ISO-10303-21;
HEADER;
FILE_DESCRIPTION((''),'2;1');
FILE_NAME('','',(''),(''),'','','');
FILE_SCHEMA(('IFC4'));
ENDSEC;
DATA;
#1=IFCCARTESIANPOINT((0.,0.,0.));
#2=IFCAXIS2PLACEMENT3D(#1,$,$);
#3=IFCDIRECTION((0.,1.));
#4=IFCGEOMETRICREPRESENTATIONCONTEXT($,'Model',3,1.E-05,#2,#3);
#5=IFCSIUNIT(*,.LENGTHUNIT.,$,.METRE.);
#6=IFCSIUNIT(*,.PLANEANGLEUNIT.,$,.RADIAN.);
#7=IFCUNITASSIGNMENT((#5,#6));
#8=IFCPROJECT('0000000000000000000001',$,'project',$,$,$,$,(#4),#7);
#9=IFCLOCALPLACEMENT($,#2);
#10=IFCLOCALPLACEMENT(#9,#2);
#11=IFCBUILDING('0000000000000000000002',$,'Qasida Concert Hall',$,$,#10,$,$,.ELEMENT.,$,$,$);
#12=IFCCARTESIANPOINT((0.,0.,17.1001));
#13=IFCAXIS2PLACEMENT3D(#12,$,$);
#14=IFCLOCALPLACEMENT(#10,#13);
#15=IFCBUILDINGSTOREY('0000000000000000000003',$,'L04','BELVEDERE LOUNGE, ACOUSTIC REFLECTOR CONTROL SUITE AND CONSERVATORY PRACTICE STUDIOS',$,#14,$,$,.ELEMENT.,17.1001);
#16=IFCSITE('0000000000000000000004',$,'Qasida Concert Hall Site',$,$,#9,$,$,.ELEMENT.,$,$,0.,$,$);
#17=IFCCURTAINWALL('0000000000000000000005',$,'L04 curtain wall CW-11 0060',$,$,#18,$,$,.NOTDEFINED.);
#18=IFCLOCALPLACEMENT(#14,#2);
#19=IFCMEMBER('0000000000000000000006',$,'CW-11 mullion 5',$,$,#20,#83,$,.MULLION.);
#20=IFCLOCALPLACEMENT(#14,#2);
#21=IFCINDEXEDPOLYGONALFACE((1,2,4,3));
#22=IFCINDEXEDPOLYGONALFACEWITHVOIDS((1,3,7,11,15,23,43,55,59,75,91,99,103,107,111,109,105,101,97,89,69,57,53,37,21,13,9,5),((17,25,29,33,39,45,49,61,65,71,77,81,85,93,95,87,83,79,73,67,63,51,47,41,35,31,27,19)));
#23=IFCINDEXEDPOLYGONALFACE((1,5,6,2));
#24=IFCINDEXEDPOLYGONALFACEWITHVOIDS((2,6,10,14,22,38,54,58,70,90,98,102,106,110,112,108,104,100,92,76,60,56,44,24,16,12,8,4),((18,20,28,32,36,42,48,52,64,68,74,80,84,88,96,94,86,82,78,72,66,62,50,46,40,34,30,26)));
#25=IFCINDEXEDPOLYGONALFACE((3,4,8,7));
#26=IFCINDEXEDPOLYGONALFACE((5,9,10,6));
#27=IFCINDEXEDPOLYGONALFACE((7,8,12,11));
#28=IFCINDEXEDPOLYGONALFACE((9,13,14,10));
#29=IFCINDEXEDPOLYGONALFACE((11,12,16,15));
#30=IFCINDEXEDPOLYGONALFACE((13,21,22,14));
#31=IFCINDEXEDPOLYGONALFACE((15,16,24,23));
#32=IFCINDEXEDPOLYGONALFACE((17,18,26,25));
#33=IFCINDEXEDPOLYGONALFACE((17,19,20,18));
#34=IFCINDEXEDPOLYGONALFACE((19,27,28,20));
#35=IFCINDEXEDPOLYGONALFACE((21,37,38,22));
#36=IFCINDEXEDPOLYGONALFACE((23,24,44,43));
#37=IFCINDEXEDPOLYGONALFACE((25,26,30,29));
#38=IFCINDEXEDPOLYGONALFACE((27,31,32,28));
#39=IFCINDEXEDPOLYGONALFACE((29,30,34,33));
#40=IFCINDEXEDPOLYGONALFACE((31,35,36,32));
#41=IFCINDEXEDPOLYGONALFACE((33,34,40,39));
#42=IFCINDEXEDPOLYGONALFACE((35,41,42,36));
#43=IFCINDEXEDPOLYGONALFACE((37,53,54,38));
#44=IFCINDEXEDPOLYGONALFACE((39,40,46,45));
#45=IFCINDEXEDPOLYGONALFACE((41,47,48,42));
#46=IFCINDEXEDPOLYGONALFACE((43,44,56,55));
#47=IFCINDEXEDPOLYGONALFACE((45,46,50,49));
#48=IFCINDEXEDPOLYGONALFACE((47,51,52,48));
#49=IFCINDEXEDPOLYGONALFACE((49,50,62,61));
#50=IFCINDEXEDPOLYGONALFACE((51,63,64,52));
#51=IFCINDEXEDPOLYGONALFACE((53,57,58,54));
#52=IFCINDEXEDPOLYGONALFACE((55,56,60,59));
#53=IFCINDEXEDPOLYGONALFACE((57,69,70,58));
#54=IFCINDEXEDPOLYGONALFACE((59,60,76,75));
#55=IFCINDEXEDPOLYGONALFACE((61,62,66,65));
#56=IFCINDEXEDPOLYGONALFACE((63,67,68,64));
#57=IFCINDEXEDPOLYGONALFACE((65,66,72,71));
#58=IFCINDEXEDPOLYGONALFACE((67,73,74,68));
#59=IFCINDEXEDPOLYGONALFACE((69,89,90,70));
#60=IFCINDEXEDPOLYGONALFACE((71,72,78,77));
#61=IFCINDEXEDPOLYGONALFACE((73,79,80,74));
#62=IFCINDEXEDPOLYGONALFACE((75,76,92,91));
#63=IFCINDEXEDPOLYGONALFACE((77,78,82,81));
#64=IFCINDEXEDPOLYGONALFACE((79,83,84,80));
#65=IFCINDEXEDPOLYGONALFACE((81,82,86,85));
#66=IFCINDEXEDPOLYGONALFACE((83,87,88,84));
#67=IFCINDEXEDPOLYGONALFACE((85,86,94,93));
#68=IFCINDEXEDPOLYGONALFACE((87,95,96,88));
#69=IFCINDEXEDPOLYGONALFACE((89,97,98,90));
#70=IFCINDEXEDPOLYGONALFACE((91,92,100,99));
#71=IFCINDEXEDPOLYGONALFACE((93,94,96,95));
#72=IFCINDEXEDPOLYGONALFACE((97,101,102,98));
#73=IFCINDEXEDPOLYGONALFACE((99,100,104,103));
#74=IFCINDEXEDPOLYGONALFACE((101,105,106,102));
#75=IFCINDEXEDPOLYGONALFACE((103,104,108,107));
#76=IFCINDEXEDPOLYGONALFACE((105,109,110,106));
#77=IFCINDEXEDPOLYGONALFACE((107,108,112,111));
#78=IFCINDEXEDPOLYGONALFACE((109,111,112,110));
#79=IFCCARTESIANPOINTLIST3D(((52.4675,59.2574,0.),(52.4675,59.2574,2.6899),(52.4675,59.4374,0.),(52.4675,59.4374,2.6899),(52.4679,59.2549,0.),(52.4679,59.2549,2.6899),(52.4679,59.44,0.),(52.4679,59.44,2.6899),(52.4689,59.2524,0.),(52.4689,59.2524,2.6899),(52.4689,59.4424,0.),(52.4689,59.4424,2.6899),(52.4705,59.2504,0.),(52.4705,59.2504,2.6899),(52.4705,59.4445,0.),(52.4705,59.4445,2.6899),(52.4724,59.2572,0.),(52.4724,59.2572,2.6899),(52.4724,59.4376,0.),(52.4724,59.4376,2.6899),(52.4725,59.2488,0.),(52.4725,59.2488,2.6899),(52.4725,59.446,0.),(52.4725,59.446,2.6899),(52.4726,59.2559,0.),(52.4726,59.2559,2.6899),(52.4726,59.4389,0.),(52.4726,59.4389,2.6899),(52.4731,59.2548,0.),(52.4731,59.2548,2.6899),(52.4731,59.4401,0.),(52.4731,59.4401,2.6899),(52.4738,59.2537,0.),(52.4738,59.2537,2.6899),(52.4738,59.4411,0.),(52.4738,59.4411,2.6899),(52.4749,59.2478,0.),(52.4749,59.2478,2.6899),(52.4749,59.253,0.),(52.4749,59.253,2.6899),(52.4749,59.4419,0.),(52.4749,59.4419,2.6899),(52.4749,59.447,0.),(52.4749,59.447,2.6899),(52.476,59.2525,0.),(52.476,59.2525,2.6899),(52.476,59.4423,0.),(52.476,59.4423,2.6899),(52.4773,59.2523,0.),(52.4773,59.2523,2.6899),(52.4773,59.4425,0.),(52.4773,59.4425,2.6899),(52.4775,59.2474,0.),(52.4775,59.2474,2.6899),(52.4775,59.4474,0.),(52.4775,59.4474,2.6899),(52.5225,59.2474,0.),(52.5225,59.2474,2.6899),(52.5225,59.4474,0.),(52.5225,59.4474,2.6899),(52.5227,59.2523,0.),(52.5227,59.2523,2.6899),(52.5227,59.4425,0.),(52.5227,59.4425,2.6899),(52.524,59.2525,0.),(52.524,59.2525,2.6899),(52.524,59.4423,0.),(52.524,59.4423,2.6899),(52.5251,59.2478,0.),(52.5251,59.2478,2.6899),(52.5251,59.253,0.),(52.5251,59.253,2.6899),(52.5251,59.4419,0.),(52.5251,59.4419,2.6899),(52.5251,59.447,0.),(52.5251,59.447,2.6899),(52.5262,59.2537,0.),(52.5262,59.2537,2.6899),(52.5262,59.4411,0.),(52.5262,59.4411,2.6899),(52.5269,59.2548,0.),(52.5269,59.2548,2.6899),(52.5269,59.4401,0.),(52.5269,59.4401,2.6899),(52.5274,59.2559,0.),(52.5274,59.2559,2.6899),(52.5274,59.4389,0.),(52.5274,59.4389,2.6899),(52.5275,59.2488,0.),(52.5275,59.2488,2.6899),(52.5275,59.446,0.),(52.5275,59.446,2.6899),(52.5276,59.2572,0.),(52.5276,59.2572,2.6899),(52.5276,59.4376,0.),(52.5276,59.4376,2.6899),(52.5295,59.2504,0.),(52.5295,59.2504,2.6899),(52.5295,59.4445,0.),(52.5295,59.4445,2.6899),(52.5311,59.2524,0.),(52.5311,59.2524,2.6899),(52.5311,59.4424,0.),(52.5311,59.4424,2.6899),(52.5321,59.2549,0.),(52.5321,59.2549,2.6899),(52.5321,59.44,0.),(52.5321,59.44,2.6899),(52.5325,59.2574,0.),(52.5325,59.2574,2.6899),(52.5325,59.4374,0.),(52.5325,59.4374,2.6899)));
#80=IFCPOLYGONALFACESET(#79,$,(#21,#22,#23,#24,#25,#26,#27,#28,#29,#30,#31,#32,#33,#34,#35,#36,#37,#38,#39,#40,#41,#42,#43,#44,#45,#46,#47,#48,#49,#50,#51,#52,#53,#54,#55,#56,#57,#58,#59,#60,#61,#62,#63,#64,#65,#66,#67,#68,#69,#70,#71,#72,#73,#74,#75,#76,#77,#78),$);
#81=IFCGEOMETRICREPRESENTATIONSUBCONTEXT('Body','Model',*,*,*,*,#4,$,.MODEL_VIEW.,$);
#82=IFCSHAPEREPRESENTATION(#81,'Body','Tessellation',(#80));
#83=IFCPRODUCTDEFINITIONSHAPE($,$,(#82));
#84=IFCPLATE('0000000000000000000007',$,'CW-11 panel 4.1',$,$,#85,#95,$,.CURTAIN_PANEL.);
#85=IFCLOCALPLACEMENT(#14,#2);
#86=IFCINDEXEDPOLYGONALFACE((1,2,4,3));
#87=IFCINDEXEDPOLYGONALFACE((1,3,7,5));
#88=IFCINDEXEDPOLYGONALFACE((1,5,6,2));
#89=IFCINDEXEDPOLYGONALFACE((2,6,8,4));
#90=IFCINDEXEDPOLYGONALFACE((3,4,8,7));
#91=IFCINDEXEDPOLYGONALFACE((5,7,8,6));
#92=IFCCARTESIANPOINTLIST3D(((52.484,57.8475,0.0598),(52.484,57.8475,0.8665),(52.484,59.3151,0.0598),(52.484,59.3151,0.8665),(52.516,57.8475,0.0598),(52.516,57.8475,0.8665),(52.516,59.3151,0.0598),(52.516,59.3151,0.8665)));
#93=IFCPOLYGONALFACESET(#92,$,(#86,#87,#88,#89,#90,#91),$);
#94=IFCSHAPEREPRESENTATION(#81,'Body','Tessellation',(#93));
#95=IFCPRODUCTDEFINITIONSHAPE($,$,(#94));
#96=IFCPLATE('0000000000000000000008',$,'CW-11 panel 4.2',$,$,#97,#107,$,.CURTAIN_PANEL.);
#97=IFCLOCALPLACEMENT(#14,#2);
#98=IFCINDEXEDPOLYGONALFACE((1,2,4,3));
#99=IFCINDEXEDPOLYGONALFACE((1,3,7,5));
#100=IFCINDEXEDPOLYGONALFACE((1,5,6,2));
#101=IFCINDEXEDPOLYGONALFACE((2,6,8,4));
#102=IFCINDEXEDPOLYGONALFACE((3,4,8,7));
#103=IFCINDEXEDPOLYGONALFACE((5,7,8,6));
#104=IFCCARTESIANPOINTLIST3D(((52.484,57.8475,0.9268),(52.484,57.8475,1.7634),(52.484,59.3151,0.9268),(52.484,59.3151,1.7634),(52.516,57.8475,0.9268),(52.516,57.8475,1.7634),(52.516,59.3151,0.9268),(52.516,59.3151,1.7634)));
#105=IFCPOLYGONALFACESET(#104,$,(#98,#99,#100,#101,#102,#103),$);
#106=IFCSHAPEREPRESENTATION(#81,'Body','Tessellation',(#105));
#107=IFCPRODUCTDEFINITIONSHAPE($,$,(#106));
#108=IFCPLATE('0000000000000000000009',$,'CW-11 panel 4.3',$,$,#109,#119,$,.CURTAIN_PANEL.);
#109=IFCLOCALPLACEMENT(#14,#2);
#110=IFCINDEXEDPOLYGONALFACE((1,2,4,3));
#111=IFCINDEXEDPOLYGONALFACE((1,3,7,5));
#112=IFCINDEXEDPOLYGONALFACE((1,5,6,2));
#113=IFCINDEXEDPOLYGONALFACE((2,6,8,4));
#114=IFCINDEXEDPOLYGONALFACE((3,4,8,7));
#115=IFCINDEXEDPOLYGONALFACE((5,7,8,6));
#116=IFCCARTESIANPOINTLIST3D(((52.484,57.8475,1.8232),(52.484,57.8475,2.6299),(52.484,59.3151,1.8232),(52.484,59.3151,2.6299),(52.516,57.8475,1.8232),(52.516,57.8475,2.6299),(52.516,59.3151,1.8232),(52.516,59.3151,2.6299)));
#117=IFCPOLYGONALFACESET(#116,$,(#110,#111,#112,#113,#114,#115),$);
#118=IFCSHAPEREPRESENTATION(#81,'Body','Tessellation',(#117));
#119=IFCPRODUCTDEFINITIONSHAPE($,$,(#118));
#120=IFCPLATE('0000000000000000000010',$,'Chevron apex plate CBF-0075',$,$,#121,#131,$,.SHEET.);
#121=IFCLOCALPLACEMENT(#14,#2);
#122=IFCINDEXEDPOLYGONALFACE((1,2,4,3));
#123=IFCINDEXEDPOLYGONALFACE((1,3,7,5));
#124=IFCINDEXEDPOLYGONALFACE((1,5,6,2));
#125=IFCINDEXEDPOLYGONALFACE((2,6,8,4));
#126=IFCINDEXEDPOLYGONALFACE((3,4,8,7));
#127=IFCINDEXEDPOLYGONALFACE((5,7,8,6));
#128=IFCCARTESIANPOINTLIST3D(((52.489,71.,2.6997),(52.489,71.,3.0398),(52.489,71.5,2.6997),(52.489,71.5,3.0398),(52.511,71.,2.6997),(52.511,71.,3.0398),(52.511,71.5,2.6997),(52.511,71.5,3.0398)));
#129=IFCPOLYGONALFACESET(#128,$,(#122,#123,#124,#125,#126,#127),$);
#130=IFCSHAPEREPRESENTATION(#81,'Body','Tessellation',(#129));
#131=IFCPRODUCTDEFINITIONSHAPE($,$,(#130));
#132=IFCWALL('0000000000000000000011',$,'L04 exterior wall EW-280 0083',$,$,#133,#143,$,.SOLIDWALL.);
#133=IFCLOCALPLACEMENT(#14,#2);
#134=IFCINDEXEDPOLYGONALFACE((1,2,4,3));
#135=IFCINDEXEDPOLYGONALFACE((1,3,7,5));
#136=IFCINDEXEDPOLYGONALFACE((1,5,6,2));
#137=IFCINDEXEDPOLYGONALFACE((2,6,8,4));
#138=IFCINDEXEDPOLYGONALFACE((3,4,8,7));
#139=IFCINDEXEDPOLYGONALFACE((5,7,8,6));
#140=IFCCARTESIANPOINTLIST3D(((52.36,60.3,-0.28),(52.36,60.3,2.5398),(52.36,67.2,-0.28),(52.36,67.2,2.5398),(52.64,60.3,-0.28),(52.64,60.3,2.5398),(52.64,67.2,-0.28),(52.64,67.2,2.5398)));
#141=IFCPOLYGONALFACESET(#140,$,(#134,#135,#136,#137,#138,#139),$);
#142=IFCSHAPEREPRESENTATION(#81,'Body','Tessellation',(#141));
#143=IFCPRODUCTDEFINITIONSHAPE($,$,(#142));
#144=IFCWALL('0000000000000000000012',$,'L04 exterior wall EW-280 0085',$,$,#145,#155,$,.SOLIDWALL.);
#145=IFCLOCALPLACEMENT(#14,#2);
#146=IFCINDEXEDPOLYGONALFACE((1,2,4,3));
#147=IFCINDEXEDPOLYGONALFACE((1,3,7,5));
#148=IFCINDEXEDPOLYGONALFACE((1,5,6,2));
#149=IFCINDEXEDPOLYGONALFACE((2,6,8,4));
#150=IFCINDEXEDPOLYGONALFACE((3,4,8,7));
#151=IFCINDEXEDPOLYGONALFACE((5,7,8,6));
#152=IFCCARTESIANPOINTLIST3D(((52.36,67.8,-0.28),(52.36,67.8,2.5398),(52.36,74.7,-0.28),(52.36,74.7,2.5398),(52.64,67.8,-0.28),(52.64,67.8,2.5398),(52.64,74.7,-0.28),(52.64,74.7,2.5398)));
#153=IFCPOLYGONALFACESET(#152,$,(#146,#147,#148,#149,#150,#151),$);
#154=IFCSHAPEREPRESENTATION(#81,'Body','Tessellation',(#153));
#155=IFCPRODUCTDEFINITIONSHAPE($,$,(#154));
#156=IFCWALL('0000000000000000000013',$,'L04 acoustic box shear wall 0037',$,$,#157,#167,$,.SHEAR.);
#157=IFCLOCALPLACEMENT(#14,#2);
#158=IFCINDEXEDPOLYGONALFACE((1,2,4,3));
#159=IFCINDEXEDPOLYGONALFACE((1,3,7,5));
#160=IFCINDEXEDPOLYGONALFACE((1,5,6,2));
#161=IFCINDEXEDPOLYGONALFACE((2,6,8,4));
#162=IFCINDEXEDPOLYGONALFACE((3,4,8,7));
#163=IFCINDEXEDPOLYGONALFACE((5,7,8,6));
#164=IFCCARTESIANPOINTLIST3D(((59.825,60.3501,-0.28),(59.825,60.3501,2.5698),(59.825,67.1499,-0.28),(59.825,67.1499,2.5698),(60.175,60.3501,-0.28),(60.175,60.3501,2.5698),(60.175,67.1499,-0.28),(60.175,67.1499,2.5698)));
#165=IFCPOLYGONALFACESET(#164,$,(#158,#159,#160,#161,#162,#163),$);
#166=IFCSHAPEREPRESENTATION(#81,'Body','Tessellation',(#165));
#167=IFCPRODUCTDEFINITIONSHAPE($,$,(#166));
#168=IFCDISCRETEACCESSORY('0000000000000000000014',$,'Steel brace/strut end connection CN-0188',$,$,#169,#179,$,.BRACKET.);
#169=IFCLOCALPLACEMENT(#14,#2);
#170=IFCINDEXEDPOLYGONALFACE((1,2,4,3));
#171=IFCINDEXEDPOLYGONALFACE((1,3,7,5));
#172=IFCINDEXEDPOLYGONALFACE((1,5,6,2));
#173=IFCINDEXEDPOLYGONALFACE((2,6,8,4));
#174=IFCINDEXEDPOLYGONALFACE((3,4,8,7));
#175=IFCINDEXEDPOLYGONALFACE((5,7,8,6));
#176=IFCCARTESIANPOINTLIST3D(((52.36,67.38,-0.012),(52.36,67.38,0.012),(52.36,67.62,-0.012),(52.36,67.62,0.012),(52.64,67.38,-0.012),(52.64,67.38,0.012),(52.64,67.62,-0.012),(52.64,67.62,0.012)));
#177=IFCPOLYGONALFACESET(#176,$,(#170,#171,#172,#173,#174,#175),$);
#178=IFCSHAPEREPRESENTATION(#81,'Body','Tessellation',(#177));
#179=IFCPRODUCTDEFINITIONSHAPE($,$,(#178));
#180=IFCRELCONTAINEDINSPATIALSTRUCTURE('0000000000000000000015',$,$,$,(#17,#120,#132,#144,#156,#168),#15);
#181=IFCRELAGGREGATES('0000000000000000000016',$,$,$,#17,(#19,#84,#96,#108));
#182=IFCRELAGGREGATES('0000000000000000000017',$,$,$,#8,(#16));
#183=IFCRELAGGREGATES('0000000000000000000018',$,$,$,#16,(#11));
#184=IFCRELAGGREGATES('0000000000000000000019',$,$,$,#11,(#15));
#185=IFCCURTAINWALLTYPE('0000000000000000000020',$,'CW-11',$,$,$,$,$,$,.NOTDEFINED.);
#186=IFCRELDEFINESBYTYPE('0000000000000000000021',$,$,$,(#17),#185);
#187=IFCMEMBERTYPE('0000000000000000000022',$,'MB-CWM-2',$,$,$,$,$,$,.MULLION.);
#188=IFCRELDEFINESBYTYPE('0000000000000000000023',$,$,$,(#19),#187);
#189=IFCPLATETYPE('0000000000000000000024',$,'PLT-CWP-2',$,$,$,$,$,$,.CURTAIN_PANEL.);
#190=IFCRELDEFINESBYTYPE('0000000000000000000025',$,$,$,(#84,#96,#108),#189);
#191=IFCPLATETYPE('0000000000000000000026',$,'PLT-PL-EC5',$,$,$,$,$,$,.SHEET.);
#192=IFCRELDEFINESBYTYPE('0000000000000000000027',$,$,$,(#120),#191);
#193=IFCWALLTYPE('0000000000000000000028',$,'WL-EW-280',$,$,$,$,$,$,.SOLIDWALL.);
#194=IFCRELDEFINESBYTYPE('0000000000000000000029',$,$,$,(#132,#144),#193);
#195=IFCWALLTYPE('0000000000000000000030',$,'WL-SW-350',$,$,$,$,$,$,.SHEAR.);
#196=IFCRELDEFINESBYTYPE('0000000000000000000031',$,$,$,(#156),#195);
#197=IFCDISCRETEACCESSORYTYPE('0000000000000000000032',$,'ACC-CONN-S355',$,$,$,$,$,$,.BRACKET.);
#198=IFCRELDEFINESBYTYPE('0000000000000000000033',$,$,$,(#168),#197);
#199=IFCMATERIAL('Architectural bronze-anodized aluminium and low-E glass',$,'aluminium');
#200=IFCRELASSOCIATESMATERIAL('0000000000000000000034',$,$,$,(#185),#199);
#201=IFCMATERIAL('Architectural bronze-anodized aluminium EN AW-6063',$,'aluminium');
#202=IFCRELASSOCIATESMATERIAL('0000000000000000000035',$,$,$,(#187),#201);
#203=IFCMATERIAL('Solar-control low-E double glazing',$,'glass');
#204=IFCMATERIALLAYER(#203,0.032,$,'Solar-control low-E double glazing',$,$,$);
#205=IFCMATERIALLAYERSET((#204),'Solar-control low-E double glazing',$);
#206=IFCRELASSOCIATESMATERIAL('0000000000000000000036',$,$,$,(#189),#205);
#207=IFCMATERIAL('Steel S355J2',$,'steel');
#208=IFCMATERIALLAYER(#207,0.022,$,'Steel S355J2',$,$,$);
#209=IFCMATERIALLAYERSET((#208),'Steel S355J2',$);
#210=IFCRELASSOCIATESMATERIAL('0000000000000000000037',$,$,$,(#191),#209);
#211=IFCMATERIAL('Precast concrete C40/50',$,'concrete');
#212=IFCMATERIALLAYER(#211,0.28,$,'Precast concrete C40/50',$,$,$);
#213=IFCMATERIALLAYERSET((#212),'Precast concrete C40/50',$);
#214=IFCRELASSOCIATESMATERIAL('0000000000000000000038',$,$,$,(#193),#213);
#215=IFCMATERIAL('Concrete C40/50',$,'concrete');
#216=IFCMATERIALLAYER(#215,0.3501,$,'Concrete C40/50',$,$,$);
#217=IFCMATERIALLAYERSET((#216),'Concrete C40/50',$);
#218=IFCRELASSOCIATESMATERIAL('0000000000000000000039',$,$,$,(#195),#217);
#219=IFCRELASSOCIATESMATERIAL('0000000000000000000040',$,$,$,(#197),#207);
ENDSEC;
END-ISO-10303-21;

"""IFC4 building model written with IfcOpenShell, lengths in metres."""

from ifc_helpers import new_model, si_unit, direction, frame, frame_2d, origin, origin_2d, place, context, subcontext, project, spatial, rectangle, hollow_rectangle, extrude, material, layer, layer_set, material_profile, profile_set, type_object, element, aggregate, save


model = new_model("IFC4")

# Units and contexts
model_context = context("Model", 3, precision=1e-05, world=origin(), true_north=direction((0.0, 1.0)))
body_context = subcontext(model_context, "Body", "Model", "MODEL_VIEW")
ifc_project = project(units=[si_unit("LENGTHUNIT", "METRE"), si_unit("PLANEANGLEUNIT", "RADIAN")], contexts=[model_context])

# Site, building, storey
site_placement = place(None, origin())
site = spatial("IfcSite", under=ifc_project, at=site_placement, Name="Qasida Concert Hall Site", CompositionType="ELEMENT", RefElevation=0.0)
building_placement = place(site_placement, origin())
building = spatial("IfcBuilding", under=site, at=building_placement, Name="Qasida Concert Hall", CompositionType="ELEMENT")
storey_placement = place(building_placement, frame((0.0, 0.0, 17.1001)))
storey = spatial("IfcBuildingStorey", under=building, at=storey_placement, Name="L04", Description="BELVEDERE LOUNGE, ACOUSTIC REFLECTOR CONTROL SUITE AND CONSERVATORY PRACTICE STUDIOS", CompositionType="ELEMENT", Elevation=17.1001)

# Shared definitions
ifc_material_1 = material(Name="Concrete C40/50", Category="concrete")
ifc_material_2 = material(Name="Steel S355J2", Category="steel")

# Curtain wall, member, plates
ifc_material_3 = material(Name="Architectural bronze-anodized aluminium and low-E glass", Category="aluminium")
curtain_wall_type = type_object("IfcCurtainWallType", Name="CW-11", PredefinedType="NOTDEFINED", material=ifc_material_3)
curtain_wall_placement = place(storey_placement, origin())
curtain_wall = element("IfcCurtainWall", 1, at=curtain_wall_placement, inside=storey, type_object=curtain_wall_type, Name="L04 curtain wall CW-11 0060", PredefinedType="NOTDEFINED")
ifc_material_4 = material(Name="Architectural bronze-anodized aluminium EN AW-6063", Category="aluminium")
ifc_material_profile_1 = material_profile(ifc_material_4, hollow_rectangle(XDim=0.0649, YDim=0.2, WallThickness=0.0049, InnerFilletRadius=0.0049, OuterFilletRadius=0.01, at=origin_2d()), Name="CWM 200x65x5")
ifc_profile_set_1 = profile_set([ifc_material_profile_1], Name="Architectural bronze-anodized aluminium EN AW-6063")
member_type_1 = type_object("IfcMemberType", Name="MB-CWM-2", PredefinedType="MULLION", material=ifc_profile_set_1)
member_1_placement = place(storey_placement, frame((52.5, 59.3474, 0.0), z_axis=(0.0, 0.0, 1.0), x_axis=(-1.0, 0.0, 0.0)))
member_1 = element("IfcMember", 2, at=member_1_placement, type_object=member_type_1, Name="CW-11 mullion 5", PredefinedType="MULLION", context=body_context, shape_type="SweptSolid", body=[
    extrude(hollow_rectangle(XDim=0.0649, YDim=0.2, WallThickness=0.0049, InnerFilletRadius=0.0049, OuterFilletRadius=0.01, at=origin_2d()), origin(), (0.0, 0.0, 1.0), 2.6899),
])
ifc_material_5 = material(Name="Solar-control low-E double glazing", Category="glass")
ifc_layer_1 = layer(ifc_material_5, 0.032, Name="Solar-control low-E double glazing")
ifc_layer_set_1 = layer_set([ifc_layer_1], Name="Solar-control low-E double glazing")
plate_type_1 = type_object("IfcPlateType", Name="PLT-CWP-2", PredefinedType="CURTAIN_PANEL", material=ifc_layer_set_1)
plate_1_placement = place(storey_placement, frame((52.5, 58.5813, 0.0598), z_axis=(0.0, 0.0, 1.0), x_axis=(0.0, 1.0, 0.0)))
plate_1 = element("IfcPlate", 3, at=plate_1_placement, type_object=plate_type_1, Name="CW-11 panel 4.1", PredefinedType="CURTAIN_PANEL", context=body_context, shape_type="SweptSolid", body=[
    extrude(rectangle(XDim=1.4675, YDim=0.032, at=origin_2d()), origin(), (0.0, 0.0, 1.0), 0.8066),
])
plate_2_placement = place(storey_placement, frame((52.5, 58.5813, 0.9268), z_axis=(0.0, 0.0, 1.0), x_axis=(0.0, 1.0, 0.0)))
plate_2 = element("IfcPlate", 4, at=plate_2_placement, type_object=plate_type_1, Name="CW-11 panel 4.2", PredefinedType="CURTAIN_PANEL", context=body_context, shape_type="SweptSolid", body=[
    extrude(rectangle(XDim=1.4675, YDim=0.032, at=origin_2d()), origin(), (0.0, 0.0, 1.0), 0.8367),
])
plate_3_placement = place(storey_placement, frame((52.5, 58.5813, 1.8232), z_axis=(0.0, 0.0, 1.0), x_axis=(0.0, 1.0, 0.0)))
plate_3 = element("IfcPlate", 5, at=plate_3_placement, type_object=plate_type_1, Name="CW-11 panel 4.3", PredefinedType="CURTAIN_PANEL", context=body_context, shape_type="SweptSolid", body=[
    extrude(rectangle(XDim=1.4675, YDim=0.032, at=origin_2d()), origin(), (0.0, 0.0, 1.0), 0.8066),
])
aggregate(curtain_wall, [member_1, plate_1, plate_2, plate_3])

# Plate
ifc_layer_2 = layer(ifc_material_2, 0.022, Name="Steel S355J2")
ifc_layer_set_2 = layer_set([ifc_layer_2], Name="Steel S355J2")
plate_type_2 = type_object("IfcPlateType", Name="PLT-PL-EC5", PredefinedType="SHEET", material=ifc_layer_set_2)
plate_4_placement = place(storey_placement, frame((52.5, 71.25, 2.6997), z_axis=(0.0, 0.0, 1.0), x_axis=(0.0, 1.0, 0.0)))
element("IfcPlate", 6, at=plate_4_placement, inside=storey, type_object=plate_type_2, Name="Chevron apex plate CBF-0075", PredefinedType="SHEET", context=body_context, shape_type="SweptSolid", body=[
    extrude(rectangle(XDim=0.5, YDim=0.022, at=origin_2d()), origin(), (0.0, 0.0, 1.0), 0.3401),
])

# Walls
ifc_material_6 = material(Name="Precast concrete C40/50", Category="concrete")
ifc_layer_3 = layer(ifc_material_6, 0.28, Name="Precast concrete C40/50")
ifc_layer_set_3 = layer_set([ifc_layer_3], Name="Precast concrete C40/50")
wall_type_1 = type_object("IfcWallType", Name="WL-EW-280", PredefinedType="SOLIDWALL", material=ifc_layer_set_3)
for number, where, z_axis, x_axis, name in (
    (7, (52.5, 60.3, -0.28), (0.0, 0.0, 1.0), (0.0, 1.0, 0.0), "L04 exterior wall EW-280 0083"),
    (8, (52.5, 67.8, -0.28), (0.0, 0.0, 1.0), (0.0, 1.0, 0.0), "L04 exterior wall EW-280 0085"),
):
    element("IfcWall", number, at=place(storey_placement, frame(where, z_axis=z_axis, x_axis=x_axis)), inside=storey, type_object=wall_type_1, Name=name, PredefinedType="SOLIDWALL", context=body_context, shape_type="SweptSolid", body=[
        extrude(rectangle(XDim=6.8999, YDim=0.28, at=frame_2d((3.45, 0.0))), origin(), (0.0, 0.0, 1.0), 2.8198),
    ])
ifc_layer_4 = layer(ifc_material_1, 0.3501, Name="Concrete C40/50")
ifc_layer_set_4 = layer_set([ifc_layer_4], Name="Concrete C40/50")
wall_type_2 = type_object("IfcWallType", Name="WL-SW-350", PredefinedType="SHEAR", material=ifc_layer_set_4)
wall_placement = place(storey_placement, frame((60.0, 60.3501, -0.28), z_axis=(0.0, 0.0, 1.0), x_axis=(0.0, 1.0, 0.0)))
element("IfcWall", 9, at=wall_placement, inside=storey, type_object=wall_type_2, Name="L04 acoustic box shear wall 0037", PredefinedType="SHEAR", context=body_context, shape_type="SweptSolid", body=[
    extrude(rectangle(XDim=6.7998, YDim=0.3501, at=frame_2d((3.3999, 0.0))), origin(), (0.0, 0.0, 1.0), 2.8499),
])

# Discrete accessory
discrete_accessory_type = type_object("IfcDiscreteAccessoryType", Name="ACC-CONN-S355", PredefinedType="BRACKET", material=ifc_material_2)
discrete_accessory_placement = place(storey_placement, frame((52.5, 67.5, -0.012), z_axis=(0.0, 0.0, 1.0), x_axis=(1.0, 0.0, 0.0)))
element("IfcDiscreteAccessory", 10, at=discrete_accessory_placement, inside=storey, type_object=discrete_accessory_type, Name="Steel brace/strut end connection CN-0188", PredefinedType="BRACKET", context=body_context, shape_type="SweptSolid", body=[
    extrude(rectangle(XDim=0.28, YDim=0.24, at=origin_2d()), origin(), (0.0, 0.0, 1.0), 0.0239),
])

save(model, "model.ifc")
